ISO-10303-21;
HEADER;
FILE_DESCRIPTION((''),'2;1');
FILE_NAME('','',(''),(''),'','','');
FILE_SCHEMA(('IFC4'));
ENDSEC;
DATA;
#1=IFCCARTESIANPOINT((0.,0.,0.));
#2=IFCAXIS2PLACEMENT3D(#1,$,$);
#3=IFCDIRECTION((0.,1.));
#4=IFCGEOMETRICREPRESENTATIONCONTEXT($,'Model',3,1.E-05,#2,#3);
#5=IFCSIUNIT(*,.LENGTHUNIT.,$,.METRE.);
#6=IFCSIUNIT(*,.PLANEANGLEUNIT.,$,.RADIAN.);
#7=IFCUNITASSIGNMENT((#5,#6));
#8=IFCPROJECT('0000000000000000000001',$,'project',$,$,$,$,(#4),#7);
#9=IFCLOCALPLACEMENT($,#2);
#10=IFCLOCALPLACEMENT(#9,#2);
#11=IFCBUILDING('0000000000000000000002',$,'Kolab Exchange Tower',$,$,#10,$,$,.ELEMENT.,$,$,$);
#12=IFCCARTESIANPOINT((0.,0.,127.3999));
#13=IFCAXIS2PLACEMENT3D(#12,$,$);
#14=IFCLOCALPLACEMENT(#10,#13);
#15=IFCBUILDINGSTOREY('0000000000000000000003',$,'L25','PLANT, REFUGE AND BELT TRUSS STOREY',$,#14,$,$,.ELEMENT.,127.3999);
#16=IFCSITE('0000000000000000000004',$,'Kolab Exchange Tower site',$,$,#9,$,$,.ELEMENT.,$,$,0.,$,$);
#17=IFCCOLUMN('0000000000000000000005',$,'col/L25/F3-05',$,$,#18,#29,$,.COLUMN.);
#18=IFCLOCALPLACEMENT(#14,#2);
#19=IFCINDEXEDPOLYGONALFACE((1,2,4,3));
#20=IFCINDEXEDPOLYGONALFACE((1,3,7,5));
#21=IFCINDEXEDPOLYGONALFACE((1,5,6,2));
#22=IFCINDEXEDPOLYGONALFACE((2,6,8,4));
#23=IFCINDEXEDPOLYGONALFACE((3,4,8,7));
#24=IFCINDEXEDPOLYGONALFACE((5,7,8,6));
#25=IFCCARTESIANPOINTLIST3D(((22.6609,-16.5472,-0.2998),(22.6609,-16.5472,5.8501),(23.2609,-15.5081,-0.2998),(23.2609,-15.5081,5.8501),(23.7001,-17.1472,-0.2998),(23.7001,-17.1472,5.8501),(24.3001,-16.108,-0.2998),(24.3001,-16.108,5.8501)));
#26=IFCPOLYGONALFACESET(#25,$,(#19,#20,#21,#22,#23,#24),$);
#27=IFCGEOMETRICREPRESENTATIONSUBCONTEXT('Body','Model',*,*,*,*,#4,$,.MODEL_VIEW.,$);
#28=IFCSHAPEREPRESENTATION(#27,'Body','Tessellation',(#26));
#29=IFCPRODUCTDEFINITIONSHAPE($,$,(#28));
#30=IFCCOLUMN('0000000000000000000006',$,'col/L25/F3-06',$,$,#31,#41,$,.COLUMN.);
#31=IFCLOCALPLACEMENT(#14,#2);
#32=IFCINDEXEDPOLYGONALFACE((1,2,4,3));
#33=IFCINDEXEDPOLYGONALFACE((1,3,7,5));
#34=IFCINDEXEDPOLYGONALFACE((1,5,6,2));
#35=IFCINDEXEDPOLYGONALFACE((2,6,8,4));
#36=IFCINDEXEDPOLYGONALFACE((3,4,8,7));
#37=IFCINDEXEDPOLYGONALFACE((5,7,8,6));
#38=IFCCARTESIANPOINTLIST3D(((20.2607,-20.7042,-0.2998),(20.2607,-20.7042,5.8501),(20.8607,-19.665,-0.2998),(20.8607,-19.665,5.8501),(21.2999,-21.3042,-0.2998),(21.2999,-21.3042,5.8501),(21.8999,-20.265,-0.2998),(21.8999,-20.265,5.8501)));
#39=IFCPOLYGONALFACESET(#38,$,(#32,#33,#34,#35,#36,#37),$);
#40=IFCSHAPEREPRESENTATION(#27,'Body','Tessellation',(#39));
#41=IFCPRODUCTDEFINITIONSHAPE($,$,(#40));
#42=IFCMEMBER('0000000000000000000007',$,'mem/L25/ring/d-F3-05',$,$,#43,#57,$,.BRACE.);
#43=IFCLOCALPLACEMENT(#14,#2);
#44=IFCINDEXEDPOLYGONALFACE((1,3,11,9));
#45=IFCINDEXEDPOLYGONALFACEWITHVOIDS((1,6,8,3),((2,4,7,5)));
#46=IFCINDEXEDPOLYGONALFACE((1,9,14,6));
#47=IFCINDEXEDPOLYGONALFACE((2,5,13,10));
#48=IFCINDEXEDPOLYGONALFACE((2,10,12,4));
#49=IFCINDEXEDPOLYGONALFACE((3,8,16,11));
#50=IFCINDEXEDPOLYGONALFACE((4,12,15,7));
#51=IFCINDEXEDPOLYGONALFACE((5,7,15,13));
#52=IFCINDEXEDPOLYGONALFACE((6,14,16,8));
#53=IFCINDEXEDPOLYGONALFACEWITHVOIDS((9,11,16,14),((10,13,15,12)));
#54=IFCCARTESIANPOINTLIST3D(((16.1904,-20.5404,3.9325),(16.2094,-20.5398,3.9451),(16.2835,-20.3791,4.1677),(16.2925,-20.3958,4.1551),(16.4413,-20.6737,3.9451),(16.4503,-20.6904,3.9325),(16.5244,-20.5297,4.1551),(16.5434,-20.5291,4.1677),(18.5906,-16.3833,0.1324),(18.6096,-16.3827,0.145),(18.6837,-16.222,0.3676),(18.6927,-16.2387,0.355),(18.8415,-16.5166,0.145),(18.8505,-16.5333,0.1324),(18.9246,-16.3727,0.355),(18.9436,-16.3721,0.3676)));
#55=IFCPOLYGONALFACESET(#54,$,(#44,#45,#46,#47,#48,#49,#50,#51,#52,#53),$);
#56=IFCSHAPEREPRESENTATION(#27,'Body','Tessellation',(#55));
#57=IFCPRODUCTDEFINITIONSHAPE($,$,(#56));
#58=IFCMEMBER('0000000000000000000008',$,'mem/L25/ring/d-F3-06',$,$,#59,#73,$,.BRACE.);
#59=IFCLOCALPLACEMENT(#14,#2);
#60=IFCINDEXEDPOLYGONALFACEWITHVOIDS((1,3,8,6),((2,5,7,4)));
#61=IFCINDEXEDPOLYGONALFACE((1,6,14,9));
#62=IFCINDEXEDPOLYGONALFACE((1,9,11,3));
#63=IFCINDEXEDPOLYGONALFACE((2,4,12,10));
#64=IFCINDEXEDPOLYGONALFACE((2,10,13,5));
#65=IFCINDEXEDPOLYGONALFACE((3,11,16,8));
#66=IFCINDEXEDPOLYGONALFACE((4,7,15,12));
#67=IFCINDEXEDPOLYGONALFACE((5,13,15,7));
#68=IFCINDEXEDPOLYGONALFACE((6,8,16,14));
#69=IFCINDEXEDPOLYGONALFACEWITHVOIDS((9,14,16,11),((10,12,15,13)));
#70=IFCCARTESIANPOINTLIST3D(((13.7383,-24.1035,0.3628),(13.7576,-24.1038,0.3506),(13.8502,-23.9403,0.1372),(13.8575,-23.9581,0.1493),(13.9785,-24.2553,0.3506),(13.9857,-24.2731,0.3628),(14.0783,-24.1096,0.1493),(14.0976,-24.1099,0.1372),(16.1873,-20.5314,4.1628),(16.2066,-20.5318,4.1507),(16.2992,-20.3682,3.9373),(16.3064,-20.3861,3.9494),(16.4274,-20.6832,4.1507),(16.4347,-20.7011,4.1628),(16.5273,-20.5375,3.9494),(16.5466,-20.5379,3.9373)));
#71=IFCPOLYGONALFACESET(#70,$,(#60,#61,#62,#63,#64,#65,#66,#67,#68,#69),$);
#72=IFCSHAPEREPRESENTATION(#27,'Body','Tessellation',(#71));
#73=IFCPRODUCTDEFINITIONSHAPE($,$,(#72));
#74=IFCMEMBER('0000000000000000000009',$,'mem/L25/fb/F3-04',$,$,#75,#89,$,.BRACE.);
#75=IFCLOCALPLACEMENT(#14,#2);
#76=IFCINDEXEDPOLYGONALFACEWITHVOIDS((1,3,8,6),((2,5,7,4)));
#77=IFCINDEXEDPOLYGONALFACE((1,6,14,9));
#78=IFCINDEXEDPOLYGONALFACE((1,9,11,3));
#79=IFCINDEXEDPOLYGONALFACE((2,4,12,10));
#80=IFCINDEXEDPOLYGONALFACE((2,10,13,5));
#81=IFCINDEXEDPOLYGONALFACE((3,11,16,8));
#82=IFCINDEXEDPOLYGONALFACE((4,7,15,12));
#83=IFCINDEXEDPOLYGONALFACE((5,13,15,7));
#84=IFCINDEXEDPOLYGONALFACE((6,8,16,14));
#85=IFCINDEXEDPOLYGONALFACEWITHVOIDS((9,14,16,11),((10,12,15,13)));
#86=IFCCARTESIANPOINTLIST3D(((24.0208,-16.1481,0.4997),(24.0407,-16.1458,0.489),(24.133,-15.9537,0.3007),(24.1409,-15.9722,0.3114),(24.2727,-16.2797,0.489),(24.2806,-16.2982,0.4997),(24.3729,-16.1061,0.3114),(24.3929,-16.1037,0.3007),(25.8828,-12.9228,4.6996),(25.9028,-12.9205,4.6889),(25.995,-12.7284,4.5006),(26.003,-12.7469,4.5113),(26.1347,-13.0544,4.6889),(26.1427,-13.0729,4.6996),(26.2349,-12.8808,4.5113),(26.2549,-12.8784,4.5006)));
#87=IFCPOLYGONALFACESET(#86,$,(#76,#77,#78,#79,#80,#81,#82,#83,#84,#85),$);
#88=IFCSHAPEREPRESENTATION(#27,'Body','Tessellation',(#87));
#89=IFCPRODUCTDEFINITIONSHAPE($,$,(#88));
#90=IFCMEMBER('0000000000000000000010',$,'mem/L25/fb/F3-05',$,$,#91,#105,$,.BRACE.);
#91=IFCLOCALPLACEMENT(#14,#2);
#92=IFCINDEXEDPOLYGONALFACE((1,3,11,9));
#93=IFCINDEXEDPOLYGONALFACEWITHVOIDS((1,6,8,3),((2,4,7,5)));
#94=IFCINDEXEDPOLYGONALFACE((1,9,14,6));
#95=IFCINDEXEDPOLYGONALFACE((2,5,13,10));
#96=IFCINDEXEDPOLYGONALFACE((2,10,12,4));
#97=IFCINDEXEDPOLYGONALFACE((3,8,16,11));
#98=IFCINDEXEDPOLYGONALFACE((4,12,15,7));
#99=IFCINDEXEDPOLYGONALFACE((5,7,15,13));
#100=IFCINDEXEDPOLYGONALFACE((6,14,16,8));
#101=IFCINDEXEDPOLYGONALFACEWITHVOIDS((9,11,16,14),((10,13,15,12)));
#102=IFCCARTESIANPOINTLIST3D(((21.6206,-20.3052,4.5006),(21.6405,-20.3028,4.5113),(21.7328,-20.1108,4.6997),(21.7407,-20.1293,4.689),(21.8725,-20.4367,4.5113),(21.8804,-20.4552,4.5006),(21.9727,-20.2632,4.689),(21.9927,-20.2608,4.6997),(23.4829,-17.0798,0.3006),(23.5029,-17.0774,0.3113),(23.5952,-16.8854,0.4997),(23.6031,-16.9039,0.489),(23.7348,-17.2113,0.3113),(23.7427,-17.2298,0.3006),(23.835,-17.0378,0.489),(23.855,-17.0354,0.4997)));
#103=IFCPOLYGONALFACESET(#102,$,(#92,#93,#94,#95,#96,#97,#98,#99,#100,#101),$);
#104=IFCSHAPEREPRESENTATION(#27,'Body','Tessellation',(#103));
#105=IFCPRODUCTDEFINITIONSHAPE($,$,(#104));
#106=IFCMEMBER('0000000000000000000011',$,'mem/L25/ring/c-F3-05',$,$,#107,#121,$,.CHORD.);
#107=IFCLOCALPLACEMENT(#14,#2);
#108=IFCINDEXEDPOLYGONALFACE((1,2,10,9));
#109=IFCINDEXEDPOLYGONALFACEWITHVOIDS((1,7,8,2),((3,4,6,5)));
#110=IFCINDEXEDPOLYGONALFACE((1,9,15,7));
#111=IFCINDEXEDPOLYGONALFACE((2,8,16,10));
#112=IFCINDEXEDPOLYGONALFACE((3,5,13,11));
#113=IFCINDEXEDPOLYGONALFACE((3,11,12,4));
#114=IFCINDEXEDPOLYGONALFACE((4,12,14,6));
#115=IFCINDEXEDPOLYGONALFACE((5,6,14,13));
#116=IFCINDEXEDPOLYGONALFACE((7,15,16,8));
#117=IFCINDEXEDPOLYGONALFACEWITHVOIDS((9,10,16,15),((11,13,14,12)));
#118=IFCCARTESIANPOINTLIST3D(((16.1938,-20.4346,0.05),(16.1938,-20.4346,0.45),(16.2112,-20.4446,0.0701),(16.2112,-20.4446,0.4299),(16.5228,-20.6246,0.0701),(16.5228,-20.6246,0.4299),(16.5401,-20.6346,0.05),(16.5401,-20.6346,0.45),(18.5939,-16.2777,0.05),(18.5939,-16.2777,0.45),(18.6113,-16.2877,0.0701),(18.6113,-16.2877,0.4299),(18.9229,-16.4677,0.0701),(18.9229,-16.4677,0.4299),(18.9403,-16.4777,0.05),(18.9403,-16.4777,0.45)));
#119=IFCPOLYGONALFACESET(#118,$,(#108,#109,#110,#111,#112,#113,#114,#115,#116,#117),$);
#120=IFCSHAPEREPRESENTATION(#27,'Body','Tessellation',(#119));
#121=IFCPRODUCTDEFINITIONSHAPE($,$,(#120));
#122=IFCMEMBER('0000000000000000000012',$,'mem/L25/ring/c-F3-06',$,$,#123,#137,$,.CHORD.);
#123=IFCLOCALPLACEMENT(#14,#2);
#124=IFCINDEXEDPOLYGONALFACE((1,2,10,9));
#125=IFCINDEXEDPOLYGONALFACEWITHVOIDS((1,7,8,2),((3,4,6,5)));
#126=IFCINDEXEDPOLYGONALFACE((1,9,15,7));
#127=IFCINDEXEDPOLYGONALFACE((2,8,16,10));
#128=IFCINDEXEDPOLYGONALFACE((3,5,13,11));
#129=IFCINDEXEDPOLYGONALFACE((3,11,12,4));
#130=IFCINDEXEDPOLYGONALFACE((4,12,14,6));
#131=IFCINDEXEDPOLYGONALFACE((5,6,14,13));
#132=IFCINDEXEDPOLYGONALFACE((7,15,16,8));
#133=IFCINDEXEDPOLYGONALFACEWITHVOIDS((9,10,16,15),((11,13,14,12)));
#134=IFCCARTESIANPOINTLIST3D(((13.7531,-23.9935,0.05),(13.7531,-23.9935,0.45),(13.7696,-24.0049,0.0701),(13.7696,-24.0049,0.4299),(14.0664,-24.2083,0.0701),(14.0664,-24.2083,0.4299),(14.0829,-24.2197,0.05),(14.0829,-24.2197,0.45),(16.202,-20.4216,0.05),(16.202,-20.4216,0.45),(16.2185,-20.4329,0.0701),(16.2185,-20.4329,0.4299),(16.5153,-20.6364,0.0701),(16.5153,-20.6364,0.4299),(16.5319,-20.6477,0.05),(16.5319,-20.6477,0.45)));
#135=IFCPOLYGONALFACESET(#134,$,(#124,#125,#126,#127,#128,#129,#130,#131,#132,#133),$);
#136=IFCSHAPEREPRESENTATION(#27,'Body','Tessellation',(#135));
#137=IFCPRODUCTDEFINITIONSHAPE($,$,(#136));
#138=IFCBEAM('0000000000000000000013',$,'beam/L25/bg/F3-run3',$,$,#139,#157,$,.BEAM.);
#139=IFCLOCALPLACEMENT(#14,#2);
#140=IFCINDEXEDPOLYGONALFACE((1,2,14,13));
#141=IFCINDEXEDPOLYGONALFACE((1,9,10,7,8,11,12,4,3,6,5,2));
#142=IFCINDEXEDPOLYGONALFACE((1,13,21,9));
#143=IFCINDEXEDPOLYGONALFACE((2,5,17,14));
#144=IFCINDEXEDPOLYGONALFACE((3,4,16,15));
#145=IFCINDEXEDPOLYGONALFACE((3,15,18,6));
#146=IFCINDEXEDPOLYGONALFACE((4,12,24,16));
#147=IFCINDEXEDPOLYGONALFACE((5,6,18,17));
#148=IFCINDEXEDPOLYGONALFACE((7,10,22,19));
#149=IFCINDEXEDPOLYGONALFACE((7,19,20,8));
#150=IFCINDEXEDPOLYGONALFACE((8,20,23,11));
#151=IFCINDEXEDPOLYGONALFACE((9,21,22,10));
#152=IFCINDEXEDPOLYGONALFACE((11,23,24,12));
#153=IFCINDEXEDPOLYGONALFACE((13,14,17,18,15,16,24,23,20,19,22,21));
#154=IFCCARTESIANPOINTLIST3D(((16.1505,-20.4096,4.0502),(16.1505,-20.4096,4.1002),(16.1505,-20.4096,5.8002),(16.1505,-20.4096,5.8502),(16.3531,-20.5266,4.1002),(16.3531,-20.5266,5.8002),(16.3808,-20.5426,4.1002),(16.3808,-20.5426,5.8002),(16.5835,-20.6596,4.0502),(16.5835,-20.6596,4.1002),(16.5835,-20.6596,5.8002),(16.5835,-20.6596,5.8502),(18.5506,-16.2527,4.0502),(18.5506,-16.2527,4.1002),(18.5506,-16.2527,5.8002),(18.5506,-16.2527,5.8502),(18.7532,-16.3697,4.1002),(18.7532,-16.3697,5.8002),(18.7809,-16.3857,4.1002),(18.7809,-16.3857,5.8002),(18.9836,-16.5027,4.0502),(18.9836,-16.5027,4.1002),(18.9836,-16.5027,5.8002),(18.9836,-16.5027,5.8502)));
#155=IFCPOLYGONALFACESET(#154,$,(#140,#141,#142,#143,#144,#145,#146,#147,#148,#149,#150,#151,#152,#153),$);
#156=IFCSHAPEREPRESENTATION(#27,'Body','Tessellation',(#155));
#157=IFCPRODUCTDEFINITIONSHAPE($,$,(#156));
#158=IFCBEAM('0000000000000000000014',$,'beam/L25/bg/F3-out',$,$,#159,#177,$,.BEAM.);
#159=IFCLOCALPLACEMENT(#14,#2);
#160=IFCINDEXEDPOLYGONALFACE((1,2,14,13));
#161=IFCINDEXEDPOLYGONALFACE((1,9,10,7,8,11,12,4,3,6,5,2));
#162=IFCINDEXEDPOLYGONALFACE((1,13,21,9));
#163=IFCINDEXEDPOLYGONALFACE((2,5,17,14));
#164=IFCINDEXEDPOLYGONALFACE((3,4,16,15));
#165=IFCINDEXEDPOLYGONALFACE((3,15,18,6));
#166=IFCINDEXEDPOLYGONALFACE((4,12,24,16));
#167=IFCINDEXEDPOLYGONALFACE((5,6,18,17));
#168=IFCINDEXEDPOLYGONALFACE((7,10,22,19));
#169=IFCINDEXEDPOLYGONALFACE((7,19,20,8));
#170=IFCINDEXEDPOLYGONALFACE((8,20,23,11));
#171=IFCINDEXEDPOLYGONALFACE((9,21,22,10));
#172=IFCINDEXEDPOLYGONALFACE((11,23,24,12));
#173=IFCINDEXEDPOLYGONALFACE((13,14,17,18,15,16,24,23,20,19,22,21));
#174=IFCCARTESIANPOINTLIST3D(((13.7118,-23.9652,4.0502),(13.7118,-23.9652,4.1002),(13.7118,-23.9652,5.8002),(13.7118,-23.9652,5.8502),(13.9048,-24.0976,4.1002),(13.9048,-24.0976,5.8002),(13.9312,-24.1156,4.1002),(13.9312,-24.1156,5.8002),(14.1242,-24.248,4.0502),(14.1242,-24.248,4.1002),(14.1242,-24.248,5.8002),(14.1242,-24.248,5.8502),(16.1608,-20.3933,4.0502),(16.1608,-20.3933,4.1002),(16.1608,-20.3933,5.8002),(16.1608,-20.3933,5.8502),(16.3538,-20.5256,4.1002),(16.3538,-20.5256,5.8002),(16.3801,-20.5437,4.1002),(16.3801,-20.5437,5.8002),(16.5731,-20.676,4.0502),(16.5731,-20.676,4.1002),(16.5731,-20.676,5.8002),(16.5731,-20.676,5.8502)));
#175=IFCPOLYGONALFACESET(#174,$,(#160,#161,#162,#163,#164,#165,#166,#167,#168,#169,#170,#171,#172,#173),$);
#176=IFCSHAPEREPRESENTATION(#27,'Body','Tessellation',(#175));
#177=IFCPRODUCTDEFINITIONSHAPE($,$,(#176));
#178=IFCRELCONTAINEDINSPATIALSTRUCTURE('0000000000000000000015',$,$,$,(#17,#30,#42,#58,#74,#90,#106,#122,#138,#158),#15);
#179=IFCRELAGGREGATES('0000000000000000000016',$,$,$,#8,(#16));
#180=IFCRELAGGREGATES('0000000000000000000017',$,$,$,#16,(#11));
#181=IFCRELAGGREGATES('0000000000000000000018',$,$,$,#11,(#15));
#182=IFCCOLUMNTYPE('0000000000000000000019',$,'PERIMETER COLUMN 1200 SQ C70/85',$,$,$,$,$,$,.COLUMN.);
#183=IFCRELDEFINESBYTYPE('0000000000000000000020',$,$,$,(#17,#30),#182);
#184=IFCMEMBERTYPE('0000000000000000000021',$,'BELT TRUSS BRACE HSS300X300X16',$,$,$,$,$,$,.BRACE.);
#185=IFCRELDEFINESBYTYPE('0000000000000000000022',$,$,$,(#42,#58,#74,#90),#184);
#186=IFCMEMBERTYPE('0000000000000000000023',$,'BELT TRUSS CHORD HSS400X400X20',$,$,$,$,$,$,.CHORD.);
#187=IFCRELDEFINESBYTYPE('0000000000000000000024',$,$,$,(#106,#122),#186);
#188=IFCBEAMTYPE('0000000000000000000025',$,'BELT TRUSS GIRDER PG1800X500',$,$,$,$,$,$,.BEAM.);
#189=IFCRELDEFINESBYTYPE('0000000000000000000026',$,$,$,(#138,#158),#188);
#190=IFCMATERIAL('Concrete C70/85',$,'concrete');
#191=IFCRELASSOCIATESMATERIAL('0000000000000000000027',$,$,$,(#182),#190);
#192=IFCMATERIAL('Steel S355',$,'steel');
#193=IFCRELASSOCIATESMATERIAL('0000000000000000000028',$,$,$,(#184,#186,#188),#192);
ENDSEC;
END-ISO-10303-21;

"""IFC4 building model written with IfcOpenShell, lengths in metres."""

from ifc_helpers import new_model, si_unit, direction, frame, origin, origin_2d, place, context, subcontext, project, spatial, rectangle, hollow_rectangle, i_section, extrude, material, material_profile, profile_set, type_object, element, save


model = new_model("IFC4")

# Units and contexts
model_context = context("Model", 3, precision=1e-05, world=origin(), true_north=direction((0.0, 1.0)))
body_context = subcontext(model_context, "Body", "Model", "MODEL_VIEW")
ifc_project = project(units=[si_unit("LENGTHUNIT", "METRE"), si_unit("PLANEANGLEUNIT", "RADIAN")], contexts=[model_context])

# Site, building, storey
site_placement = place(None, origin())
site = spatial("IfcSite", under=ifc_project, at=site_placement, Name="Kolab Exchange Tower site", CompositionType="ELEMENT", RefElevation=0.0)
building_placement = place(site_placement, origin())
building = spatial("IfcBuilding", under=site, at=building_placement, Name="Kolab Exchange Tower", CompositionType="ELEMENT")
storey_placement = place(building_placement, frame((0.0, 0.0, 127.3999)))
storey = spatial("IfcBuildingStorey", under=building, at=storey_placement, Name="L25", Description="PLANT, REFUGE AND BELT TRUSS STOREY", CompositionType="ELEMENT", Elevation=127.3999)

# Columns
ifc_material_1 = material(Name="Concrete C70/85", Category="concrete")
ifc_material_profile_1 = material_profile(ifc_material_1, rectangle(XDim=1.2, YDim=1.2, at=origin_2d()), Name="RC1200")
ifc_profile_set_1 = profile_set([ifc_material_profile_1], Name="Concrete C70/85")
column_type = type_object("IfcColumnType", Name="PERIMETER COLUMN 1200 SQ C70/85", PredefinedType="COLUMN", material=ifc_profile_set_1)
for number, where, z_axis, x_axis, name in (
    (1, (23.4805, -16.3276, -0.2998), (0.0, 0.0, 1.0), (0.5, 0.866025, 0.0), "col/L25/F3-05"),
    (2, (21.0803, -20.4846, -0.2998), (0.0, 0.0, 1.0), (0.5, 0.866025, 0.0), "col/L25/F3-06"),
):
    element("IfcColumn", number, at=place(storey_placement, frame(where, z_axis=z_axis, x_axis=x_axis)), inside=storey, type_object=column_type, Name=name, PredefinedType="COLUMN", context=body_context, shape_type="SweptSolid", body=[
        extrude(rectangle(XDim=1.2, YDim=1.2, at=origin_2d()), origin(), (0.0, 0.0, 1.0), 6.1499),
    ])

# Members
ifc_material_2 = material(Name="Steel S355", Category="steel")
ifc_material_profile_2 = material_profile(ifc_material_2, hollow_rectangle(XDim=0.3, YDim=0.3, WallThickness=0.0161, at=origin_2d()), Name="HSS300X300X16")
ifc_profile_set_2 = profile_set([ifc_material_profile_2], Name="Steel S355")
member_type_1 = type_object("IfcMemberType", Name="BELT TRUSS BRACE HSS300X300X16", PredefinedType="BRACE", material=ifc_profile_set_2)
member_1_placement = place(storey_placement, frame((18.7671, -16.3777, 0.25), z_axis=(-0.392039, -0.678999, 0.620698), x_axis=(0.866015, -0.500017, 0.0)))
element("IfcMember", 3, at=member_1_placement, inside=storey, type_object=member_type_1, Name="mem/L25/ring/d-F3-05", PredefinedType="BRACE", context=body_context, shape_type="SweptSolid", body=[
    extrude(hollow_rectangle(XDim=0.3, YDim=0.3, WallThickness=0.0161, at=origin_2d()), origin(), (0.0, 0.0, 1.0), 6.1223),
])
member_2_placement = place(storey_placement, frame((16.3669, -20.5347, 4.05), z_axis=(-0.425044, -0.61996, -0.659536), x_axis=(0.824773, -0.565464, 0.0)))
element("IfcMember", 4, at=member_2_placement, inside=storey, type_object=member_type_1, Name="mem/L25/ring/d-F3-06", PredefinedType="BRACE", context=body_context, shape_type="SweptSolid", body=[
    extrude(hollow_rectangle(XDim=0.3, YDim=0.3, WallThickness=0.0161, at=origin_2d()), origin(), (0.0, 0.0, 1.0), 5.7617),
])
member_3_placement = place(storey_placement, frame((26.0688, -12.9006, 4.6001), z_axis=(-0.33172, -0.574584, -0.748208), x_axis=(0.866036, -0.499982, 0.0)))
element("IfcMember", 5, at=member_3_placement, inside=storey, type_object=member_type_1, Name="mem/L25/fb/F3-04", PredefinedType="BRACE", context=body_context, shape_type="SweptSolid", body=[
    extrude(hollow_rectangle(XDim=0.3, YDim=0.3, WallThickness=0.0161, at=origin_2d()), origin(), (0.0, 0.0, 1.0), 5.6133),
])
member_4_placement = place(storey_placement, frame((23.6689, -17.0576, 0.4001), z_axis=(-0.331759, -0.574576, 0.748197), x_axis=(0.866008, -0.500031, 0.0)))
element("IfcMember", 6, at=member_4_placement, inside=storey, type_object=member_type_1, Name="mem/L25/fb/F3-05", PredefinedType="BRACE", context=body_context, shape_type="SweptSolid", body=[
    extrude(hollow_rectangle(XDim=0.3, YDim=0.3, WallThickness=0.0161, at=origin_2d()), origin(), (0.0, 0.0, 1.0), 5.6135),
])
ifc_material_profile_3 = material_profile(ifc_material_2, hollow_rectangle(XDim=0.3999, YDim=0.3999, WallThickness=0.02, at=origin_2d()), Name="HSS400X400X20")
ifc_profile_set_3 = profile_set([ifc_material_profile_3], Name="Steel S355")
member_type_2 = type_object("IfcMemberType", Name="BELT TRUSS CHORD HSS400X400X20", PredefinedType="CHORD", material=ifc_profile_set_3)
member_5_placement = place(storey_placement, frame((18.7671, -16.3777, 0.25), z_axis=(-0.500017, -0.866015, 0.0), x_axis=(0.866015, -0.500017, 0.0)))
element("IfcMember", 7, at=member_5_placement, inside=storey, type_object=member_type_2, Name="mem/L25/ring/c-F3-05", PredefinedType="CHORD", context=body_context, shape_type="SweptSolid", body=[
    extrude(hollow_rectangle(XDim=0.3999, YDim=0.3999, WallThickness=0.02, at=origin_2d()), origin(), (0.0, 0.0, 1.0), 4.8),
])
member_6_placement = place(storey_placement, frame((16.3669, -20.5347, 0.25), z_axis=(-0.565464, -0.824773, 0.0), x_axis=(0.824773, -0.565464, 0.0)))
element("IfcMember", 8, at=member_6_placement, inside=storey, type_object=member_type_2, Name="mem/L25/ring/c-F3-06", PredefinedType="CHORD", context=body_context, shape_type="SweptSolid", body=[
    extrude(hollow_rectangle(XDim=0.3999, YDim=0.3999, WallThickness=0.02, at=origin_2d()), origin(), (0.0, 0.0, 1.0), 4.3308),
])

# Beams
ifc_material_profile_4 = material_profile(ifc_material_2, i_section(OverallWidth=0.5, OverallDepth=1.8, WebThickness=0.032, FlangeThickness=0.05, at=origin_2d()), Name="PG1800X500")
ifc_profile_set_4 = profile_set([ifc_material_profile_4], Name="Steel S355")
beam_type_1 = type_object("IfcBeamType", Name="BELT TRUSS GIRDER PG1800X500", PredefinedType="BEAM", material=ifc_profile_set_4)
beam_1_placement = place(storey_placement, frame((18.7671, -16.3777, 4.9502), z_axis=(-0.500017, -0.866015, 0.0), x_axis=(0.866015, -0.500017, 0.0)))
element("IfcBeam", 9, at=beam_1_placement, inside=storey, type_object=beam_type_1, Name="beam/L25/bg/F3-run3", PredefinedType="BEAM", context=body_context, shape_type="SweptSolid", body=[
    extrude(i_section(OverallWidth=0.5, OverallDepth=1.8, WebThickness=0.032, FlangeThickness=0.05, at=origin_2d()), origin(), (0.0, 0.0, 1.0), 4.8),
])
beam_2_placement = place(storey_placement, frame((16.3669, -20.5347, 4.9502), z_axis=(-0.565464, -0.824773, 0.0), x_axis=(0.824773, -0.565464, 0.0)))
element("IfcBeam", 10, at=beam_2_placement, inside=storey, type_object=beam_type_1, Name="beam/L25/bg/F3-out", PredefinedType="BEAM", context=body_context, shape_type="SweptSolid", body=[
    extrude(i_section(OverallWidth=0.5, OverallDepth=1.8, WebThickness=0.032, FlangeThickness=0.05, at=origin_2d()), origin(), (0.0, 0.0, 1.0), 4.3308),
])

save(model, "model.ifc")
